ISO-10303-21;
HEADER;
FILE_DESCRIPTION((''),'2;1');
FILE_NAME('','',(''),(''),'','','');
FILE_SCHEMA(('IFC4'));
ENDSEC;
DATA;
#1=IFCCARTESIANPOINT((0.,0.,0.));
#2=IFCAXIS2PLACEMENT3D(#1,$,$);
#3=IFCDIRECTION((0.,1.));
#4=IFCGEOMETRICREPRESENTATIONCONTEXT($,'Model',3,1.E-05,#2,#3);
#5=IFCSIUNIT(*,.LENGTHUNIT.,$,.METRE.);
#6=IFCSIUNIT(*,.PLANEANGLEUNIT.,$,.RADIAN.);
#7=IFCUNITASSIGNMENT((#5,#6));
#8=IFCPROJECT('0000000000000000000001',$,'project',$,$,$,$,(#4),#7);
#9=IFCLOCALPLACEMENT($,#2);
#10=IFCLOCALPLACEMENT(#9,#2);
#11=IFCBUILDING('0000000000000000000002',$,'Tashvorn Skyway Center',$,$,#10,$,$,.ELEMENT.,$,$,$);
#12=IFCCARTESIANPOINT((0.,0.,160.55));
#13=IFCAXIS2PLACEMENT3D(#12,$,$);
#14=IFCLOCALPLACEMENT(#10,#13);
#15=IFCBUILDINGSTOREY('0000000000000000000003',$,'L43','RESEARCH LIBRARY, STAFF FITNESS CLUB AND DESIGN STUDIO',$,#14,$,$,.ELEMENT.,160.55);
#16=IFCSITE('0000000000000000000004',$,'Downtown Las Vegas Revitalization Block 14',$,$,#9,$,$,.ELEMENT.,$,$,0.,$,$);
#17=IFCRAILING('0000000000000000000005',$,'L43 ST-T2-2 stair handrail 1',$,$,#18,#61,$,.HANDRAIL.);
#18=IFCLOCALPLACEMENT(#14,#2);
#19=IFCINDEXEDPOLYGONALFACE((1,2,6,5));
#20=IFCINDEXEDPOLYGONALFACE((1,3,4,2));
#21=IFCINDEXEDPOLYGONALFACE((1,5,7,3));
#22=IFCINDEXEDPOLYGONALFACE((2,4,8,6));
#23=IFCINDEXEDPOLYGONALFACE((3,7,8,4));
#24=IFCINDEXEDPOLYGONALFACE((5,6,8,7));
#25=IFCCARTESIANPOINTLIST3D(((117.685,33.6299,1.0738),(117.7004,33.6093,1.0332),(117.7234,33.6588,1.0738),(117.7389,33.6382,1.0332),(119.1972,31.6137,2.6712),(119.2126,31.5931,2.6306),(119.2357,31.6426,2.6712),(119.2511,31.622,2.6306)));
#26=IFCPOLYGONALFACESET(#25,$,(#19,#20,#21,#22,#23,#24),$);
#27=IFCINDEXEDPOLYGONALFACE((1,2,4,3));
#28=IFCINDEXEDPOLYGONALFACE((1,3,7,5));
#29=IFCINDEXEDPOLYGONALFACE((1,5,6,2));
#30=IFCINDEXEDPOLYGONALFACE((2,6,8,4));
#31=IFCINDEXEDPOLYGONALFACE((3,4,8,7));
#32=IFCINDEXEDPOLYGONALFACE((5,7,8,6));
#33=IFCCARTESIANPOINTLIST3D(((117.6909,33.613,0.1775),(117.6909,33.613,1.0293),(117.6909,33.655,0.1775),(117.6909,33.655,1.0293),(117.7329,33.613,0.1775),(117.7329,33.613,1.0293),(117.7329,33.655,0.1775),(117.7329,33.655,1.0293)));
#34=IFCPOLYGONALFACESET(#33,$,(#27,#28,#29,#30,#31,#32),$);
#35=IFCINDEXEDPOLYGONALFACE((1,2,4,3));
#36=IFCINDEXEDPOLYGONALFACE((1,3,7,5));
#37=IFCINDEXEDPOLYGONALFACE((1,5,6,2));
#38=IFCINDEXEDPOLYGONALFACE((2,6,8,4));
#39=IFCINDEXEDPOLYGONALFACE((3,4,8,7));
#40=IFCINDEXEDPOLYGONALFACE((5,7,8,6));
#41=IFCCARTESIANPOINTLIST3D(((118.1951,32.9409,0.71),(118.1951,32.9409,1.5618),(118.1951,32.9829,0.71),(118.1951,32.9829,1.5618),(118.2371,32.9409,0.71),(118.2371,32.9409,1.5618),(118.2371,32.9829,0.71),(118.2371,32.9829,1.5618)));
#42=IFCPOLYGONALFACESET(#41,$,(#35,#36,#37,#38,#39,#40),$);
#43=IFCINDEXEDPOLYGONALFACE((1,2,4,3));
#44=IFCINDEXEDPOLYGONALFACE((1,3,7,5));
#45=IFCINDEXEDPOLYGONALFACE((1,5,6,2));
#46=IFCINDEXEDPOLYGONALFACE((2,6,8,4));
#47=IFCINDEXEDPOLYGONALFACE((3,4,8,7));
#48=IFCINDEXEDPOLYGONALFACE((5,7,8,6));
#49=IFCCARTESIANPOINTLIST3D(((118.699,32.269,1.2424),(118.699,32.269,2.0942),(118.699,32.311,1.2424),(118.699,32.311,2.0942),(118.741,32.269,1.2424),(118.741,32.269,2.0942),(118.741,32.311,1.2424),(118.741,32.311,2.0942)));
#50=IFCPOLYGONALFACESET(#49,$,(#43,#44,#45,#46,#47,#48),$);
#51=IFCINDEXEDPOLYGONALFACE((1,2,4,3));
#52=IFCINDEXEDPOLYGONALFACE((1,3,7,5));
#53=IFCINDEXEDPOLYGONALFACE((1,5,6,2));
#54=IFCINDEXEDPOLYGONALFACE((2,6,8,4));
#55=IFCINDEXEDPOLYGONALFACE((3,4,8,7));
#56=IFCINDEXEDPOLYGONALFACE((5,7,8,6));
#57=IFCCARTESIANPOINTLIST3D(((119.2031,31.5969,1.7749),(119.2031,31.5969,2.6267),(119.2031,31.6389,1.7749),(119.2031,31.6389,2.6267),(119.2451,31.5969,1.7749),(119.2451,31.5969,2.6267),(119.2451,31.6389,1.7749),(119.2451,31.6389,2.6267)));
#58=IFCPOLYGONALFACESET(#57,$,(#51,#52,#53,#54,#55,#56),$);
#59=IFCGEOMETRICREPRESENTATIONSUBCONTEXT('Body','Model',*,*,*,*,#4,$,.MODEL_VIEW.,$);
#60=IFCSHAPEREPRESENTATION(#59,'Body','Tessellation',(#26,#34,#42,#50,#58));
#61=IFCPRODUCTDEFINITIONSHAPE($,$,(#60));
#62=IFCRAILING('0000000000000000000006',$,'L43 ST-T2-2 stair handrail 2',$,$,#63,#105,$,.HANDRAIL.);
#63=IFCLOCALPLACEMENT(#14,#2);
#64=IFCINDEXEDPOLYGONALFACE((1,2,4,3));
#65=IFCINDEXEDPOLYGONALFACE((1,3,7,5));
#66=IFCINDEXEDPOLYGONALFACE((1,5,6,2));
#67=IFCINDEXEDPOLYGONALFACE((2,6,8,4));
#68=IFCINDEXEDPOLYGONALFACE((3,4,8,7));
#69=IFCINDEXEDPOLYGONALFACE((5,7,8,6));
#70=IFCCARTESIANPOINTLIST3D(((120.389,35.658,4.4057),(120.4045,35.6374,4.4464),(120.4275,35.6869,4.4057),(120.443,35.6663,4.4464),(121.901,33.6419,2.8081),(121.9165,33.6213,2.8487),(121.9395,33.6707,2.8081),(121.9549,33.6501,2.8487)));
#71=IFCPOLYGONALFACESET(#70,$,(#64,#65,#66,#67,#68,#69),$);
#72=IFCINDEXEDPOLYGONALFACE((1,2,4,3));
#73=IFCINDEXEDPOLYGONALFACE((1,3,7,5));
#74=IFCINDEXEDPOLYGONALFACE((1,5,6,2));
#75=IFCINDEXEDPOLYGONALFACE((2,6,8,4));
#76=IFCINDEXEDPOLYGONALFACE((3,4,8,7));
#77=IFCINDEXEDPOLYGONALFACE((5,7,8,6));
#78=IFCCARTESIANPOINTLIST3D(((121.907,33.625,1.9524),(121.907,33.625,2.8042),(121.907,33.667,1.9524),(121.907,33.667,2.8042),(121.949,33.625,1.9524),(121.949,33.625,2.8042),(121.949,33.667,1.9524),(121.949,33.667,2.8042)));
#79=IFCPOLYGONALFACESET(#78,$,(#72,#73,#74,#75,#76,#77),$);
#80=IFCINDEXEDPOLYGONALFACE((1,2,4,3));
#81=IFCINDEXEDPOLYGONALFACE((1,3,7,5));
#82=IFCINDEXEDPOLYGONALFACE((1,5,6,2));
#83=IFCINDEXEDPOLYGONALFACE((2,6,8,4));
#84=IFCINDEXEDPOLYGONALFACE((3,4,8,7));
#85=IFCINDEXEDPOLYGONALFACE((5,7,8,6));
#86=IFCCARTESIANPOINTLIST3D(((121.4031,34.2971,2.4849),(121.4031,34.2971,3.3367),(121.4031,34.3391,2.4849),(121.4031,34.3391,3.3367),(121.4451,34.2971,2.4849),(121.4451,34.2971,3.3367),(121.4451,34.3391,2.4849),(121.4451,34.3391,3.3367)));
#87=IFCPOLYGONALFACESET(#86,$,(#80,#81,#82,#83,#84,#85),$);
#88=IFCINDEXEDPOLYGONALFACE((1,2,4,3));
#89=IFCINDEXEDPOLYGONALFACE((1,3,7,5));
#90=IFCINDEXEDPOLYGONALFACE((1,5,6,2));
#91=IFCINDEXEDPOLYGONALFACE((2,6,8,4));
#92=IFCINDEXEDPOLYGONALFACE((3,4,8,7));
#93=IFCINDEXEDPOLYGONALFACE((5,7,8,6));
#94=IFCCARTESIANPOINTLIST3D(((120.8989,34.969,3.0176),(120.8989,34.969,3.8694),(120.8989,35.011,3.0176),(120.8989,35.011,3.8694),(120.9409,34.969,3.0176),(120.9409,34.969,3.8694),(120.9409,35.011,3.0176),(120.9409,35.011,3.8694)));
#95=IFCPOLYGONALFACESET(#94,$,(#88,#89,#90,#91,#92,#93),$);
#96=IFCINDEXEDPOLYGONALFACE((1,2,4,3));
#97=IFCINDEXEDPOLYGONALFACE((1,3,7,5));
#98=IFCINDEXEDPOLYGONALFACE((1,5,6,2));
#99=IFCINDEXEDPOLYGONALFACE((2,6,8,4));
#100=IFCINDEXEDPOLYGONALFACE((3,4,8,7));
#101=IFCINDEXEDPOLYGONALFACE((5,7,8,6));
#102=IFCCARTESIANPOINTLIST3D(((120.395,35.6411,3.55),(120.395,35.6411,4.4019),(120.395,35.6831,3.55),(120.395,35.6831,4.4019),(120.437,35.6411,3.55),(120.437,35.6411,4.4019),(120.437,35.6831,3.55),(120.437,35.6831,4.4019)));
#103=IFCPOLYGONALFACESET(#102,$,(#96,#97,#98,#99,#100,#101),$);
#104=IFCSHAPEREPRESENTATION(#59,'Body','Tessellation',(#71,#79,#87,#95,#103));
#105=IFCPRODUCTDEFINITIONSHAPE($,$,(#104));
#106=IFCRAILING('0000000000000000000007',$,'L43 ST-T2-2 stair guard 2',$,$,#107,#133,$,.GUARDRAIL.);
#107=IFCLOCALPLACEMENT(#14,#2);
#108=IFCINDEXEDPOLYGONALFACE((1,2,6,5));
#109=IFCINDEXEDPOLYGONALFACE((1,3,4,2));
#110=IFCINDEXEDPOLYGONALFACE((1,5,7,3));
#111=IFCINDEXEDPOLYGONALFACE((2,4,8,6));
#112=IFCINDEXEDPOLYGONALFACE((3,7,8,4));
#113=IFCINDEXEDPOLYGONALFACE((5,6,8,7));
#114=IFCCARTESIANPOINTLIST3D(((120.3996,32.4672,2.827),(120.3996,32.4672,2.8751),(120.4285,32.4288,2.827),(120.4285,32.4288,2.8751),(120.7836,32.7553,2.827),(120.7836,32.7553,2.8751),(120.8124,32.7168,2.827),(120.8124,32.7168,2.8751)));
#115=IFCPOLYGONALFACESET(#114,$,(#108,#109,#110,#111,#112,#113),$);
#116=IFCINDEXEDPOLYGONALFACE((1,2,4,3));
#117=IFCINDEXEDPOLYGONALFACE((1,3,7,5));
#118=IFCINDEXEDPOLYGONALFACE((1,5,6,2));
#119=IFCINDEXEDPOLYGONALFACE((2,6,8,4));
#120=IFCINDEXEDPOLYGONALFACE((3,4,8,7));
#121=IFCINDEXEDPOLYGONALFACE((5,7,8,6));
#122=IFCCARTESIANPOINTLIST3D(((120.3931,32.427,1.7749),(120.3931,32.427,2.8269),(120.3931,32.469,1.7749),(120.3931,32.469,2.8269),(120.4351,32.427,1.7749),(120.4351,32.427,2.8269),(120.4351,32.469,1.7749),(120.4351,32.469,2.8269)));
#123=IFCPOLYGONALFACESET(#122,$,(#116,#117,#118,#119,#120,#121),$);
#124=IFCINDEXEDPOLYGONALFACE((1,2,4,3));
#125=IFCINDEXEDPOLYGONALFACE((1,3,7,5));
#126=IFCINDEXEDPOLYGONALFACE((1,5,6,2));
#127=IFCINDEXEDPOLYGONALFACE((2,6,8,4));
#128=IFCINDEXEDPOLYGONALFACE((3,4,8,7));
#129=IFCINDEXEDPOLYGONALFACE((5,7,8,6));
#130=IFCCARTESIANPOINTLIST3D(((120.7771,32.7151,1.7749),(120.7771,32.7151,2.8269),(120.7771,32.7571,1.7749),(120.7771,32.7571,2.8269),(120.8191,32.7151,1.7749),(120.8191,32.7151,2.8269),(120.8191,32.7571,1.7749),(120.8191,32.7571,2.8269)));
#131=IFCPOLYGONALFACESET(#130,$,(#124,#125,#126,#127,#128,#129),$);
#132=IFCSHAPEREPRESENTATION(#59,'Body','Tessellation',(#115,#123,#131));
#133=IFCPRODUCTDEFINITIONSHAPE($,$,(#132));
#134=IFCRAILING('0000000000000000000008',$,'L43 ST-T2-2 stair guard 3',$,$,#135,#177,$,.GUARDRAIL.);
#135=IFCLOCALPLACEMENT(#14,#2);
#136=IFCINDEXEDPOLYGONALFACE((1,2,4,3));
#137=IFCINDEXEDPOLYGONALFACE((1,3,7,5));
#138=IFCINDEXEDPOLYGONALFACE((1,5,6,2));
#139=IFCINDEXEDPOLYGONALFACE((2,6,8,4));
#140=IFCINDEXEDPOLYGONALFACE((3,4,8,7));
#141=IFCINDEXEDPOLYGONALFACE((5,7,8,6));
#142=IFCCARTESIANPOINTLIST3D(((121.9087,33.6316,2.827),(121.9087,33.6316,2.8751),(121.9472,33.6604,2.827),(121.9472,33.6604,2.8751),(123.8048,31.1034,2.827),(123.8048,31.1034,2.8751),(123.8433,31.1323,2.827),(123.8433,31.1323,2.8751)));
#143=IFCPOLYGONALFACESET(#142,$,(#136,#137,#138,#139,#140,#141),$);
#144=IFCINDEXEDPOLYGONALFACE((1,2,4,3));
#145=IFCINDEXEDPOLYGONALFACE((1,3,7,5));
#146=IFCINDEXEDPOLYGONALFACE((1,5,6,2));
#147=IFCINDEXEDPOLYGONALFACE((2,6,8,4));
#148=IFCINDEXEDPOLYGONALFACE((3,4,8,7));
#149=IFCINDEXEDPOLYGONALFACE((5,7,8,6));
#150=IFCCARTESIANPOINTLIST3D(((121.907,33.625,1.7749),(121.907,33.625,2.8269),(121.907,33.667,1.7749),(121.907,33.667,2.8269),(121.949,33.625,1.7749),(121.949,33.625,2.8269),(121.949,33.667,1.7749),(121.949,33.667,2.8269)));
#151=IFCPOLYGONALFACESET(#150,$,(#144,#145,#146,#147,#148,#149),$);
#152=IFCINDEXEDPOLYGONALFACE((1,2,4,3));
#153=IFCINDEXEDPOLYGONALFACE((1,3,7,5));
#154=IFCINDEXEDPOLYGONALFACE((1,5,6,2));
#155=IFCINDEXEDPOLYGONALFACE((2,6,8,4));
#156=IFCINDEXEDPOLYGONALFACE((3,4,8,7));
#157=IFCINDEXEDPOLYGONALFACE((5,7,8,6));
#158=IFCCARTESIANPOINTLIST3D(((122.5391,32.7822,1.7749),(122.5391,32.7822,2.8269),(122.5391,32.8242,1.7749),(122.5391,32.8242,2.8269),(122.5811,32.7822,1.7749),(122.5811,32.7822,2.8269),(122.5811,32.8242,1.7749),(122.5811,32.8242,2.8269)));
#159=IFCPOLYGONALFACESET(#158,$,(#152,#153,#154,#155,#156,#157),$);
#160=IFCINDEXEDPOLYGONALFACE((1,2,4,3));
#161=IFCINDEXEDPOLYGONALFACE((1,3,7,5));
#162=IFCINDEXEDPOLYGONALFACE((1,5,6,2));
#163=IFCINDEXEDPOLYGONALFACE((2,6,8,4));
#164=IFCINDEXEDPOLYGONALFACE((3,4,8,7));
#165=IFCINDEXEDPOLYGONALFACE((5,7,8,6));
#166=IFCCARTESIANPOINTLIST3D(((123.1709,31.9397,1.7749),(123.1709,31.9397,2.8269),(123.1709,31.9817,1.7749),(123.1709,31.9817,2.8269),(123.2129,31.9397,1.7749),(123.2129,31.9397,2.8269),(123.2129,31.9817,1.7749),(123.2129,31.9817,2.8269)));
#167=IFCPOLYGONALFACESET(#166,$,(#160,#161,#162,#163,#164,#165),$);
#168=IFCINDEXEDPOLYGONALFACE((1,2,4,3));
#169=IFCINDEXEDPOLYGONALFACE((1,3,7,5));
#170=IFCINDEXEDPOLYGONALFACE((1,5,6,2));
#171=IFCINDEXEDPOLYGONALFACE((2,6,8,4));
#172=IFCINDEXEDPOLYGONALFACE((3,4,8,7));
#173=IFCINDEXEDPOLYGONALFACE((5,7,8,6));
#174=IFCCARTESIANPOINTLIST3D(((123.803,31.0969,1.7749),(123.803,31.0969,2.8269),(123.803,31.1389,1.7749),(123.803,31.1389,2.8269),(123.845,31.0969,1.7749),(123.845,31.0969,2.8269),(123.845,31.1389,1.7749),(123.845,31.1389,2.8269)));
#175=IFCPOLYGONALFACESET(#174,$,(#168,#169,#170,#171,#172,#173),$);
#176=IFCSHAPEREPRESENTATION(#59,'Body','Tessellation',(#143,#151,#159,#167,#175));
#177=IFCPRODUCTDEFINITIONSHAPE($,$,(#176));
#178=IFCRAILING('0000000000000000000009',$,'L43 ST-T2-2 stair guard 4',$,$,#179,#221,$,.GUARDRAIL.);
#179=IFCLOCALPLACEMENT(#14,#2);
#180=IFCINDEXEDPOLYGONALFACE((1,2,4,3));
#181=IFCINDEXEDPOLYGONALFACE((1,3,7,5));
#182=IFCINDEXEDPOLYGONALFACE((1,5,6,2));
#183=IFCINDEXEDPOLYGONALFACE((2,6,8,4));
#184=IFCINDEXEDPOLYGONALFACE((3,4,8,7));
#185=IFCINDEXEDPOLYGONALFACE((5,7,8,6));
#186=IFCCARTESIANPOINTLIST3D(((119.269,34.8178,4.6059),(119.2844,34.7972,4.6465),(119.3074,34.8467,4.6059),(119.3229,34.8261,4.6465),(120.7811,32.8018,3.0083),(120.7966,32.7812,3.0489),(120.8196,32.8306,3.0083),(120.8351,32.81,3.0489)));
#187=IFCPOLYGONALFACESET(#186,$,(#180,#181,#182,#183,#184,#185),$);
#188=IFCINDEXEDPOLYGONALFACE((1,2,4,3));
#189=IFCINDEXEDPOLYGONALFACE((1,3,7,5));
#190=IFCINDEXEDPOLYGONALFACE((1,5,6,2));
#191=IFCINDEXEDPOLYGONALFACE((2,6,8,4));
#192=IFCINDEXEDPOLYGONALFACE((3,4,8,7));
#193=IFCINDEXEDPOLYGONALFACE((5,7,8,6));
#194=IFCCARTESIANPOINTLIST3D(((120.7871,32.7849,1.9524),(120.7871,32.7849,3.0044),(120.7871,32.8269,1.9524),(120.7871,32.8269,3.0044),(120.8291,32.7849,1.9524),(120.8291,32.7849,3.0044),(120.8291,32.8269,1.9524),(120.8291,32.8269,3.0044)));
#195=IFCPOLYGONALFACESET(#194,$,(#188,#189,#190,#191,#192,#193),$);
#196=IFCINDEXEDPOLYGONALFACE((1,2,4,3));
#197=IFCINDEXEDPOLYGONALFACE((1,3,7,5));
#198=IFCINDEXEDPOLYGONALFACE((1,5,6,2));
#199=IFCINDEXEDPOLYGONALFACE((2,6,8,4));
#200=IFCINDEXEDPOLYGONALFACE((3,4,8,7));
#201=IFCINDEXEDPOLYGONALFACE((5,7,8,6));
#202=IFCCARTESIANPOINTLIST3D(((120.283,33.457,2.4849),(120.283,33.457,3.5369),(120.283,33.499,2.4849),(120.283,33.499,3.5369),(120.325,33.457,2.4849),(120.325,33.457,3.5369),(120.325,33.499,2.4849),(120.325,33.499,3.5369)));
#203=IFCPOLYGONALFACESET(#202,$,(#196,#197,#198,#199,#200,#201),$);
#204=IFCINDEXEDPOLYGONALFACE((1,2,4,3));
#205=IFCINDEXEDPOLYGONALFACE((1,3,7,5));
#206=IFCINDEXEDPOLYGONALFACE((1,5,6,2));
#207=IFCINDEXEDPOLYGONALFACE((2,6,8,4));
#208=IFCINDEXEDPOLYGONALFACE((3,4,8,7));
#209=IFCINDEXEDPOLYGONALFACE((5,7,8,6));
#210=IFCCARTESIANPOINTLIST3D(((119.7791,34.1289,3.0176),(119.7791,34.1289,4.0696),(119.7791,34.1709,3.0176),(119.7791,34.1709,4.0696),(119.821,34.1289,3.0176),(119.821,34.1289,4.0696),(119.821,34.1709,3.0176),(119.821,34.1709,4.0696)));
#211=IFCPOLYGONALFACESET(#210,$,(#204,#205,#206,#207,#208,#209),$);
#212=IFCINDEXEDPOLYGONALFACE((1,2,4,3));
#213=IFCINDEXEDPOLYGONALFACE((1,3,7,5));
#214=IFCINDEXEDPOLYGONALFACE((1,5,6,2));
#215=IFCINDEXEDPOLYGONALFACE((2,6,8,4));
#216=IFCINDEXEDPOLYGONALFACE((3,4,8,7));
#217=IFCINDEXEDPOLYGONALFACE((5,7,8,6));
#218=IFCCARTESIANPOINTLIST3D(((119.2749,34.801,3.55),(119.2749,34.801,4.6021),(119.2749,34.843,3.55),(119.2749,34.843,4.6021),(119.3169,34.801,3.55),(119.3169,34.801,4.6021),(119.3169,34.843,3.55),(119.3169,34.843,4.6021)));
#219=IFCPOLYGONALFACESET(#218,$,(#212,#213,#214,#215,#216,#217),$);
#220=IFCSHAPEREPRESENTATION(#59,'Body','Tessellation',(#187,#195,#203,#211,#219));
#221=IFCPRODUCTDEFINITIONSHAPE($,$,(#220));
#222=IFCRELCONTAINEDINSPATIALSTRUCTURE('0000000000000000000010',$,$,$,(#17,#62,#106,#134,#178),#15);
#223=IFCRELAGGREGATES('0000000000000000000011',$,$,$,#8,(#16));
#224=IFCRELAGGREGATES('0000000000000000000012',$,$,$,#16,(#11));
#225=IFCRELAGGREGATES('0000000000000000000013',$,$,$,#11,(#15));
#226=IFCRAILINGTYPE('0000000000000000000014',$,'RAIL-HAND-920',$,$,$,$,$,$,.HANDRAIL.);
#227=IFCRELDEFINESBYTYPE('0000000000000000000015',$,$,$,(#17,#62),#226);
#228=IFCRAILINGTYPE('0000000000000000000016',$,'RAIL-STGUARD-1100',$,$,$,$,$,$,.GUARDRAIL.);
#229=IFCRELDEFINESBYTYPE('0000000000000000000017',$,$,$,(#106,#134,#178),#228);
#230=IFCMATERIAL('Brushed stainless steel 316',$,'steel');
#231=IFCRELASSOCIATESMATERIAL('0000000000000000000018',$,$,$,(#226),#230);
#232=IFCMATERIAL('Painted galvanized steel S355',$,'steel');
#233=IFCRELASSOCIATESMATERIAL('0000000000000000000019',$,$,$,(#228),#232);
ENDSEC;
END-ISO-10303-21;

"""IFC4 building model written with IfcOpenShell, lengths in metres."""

from ifc_helpers import new_model, si_unit, direction, frame, origin, origin_2d, place, context, subcontext, project, spatial, rectangle, extrude, material, type_object, element, save


model = new_model("IFC4")

# Units and contexts
model_context = context("Model", 3, precision=1e-05, world=origin(), true_north=direction((0.0, 1.0)))
body_context = subcontext(model_context, "Body", "Model", "MODEL_VIEW")
ifc_project = project(units=[si_unit("LENGTHUNIT", "METRE"), si_unit("PLANEANGLEUNIT", "RADIAN")], contexts=[model_context])

# Site, building, storey
site_placement = place(None, origin())
site = spatial("IfcSite", under=ifc_project, at=site_placement, Name="Downtown Las Vegas Revitalization Block 14", CompositionType="ELEMENT", RefElevation=0.0)
building_placement = place(site_placement, origin())
building = spatial("IfcBuilding", under=site, at=building_placement, Name="Tashvorn Skyway Center", CompositionType="ELEMENT")
storey_placement = place(building_placement, frame((0.0, 0.0, 160.55)))
storey = spatial("IfcBuildingStorey", under=building, at=storey_placement, Name="L43", Description="RESEARCH LIBRARY, STAFF FITNESS CLUB AND DESIGN STUDIO", CompositionType="ELEMENT", Elevation=160.55)

# Railings
ifc_material_1 = material(Name="Brushed stainless steel 316", Category="steel")
railing_type_1 = type_object("IfcRailingType", Name="RAIL-HAND-920", PredefinedType="HANDRAIL", material=ifc_material_1)
railing_1_placement = place(storey_placement, frame((117.7119, 33.634, 0.1775)))
element("IfcRailing", 1, at=railing_1_placement, inside=storey, type_object=railing_type_1, Name="L43 ST-T2-2 stair handrail 1", PredefinedType="HANDRAIL", context=body_context, shape_type="SweptSolid", body=[
    extrude(rectangle(XDim=0.0481, YDim=0.0481, at=origin_2d()), frame((0.0, 0.0, 0.876), z_axis=(0.506802, -0.675681, 0.535357), x_axis=(0.799977, 0.600031, 0.0)), (0.0, 0.0, 1.0), 2.9839),
    extrude(rectangle(XDim=0.042, YDim=0.042, at=origin_2d()), origin(), (0.0, 0.0, 1.0), 0.8518),
    extrude(rectangle(XDim=0.042, YDim=0.042, at=origin_2d()), frame((0.5042, -0.6721, 0.5325)), (0.0, 0.0, 1.0), 0.8518),
    extrude(rectangle(XDim=0.042, YDim=0.042, at=origin_2d()), frame((1.0081, -1.344, 1.0649)), (0.0, 0.0, 1.0), 0.8518),
    extrude(rectangle(XDim=0.042, YDim=0.042, at=origin_2d()), frame((1.5122, -2.0161, 1.5974)), (0.0, 0.0, 1.0), 0.8518),
])
railing_2_placement = place(storey_placement, frame((121.928, 33.646, 1.9524)))
element("IfcRailing", 2, at=railing_2_placement, inside=storey, type_object=railing_type_1, Name="L43 ST-T2-2 stair handrail 2", PredefinedType="HANDRAIL", context=body_context, shape_type="SweptSolid", body=[
    extrude(rectangle(XDim=0.0481, YDim=0.0481, at=origin_2d()), frame((0.0, 0.0, 0.876), z_axis=(-0.506719, 0.675679, 0.535438), x_axis=(-0.800023, -0.599969, 0.0)), (0.0, 0.0, 1.0), 2.9839),
    extrude(rectangle(XDim=0.042, YDim=0.042, at=origin_2d()), origin(), (0.0, 0.0, 1.0), 0.8518),
    extrude(rectangle(XDim=0.042, YDim=0.042, at=origin_2d()), frame((-0.5039, 0.6721, 0.5325)), (0.0, 0.0, 1.0), 0.8518),
    extrude(rectangle(XDim=0.042, YDim=0.042, at=origin_2d()), frame((-1.0081, 1.344, 1.0652)), (0.0, 0.0, 1.0), 0.8518),
    extrude(rectangle(XDim=0.042, YDim=0.042, at=origin_2d()), frame((-1.512, 2.0161, 1.5977)), (0.0, 0.0, 1.0), 0.8518),
])
ifc_material_2 = material(Name="Painted galvanized steel S355", Category="steel")
railing_type_2 = type_object("IfcRailingType", Name="RAIL-STGUARD-1100", PredefinedType="GUARDRAIL", material=ifc_material_2)
railing_3_placement = place(storey_placement, frame((120.4141, 32.448, 1.7749)))
element("IfcRailing", 3, at=railing_3_placement, inside=storey, type_object=railing_type_2, Name="L43 ST-T2-2 stair guard 2", PredefinedType="GUARDRAIL", context=body_context, shape_type="SweptSolid", body=[
    extrude(rectangle(XDim=0.0481, YDim=0.0481, at=origin_2d()), frame((0.0, 0.0, 1.0762), z_axis=(0.799939, 0.600081, 0.0), x_axis=(-0.600081, 0.799939, 0.0)), (0.0, 0.0, 1.0), 0.48),
    extrude(rectangle(XDim=0.042, YDim=0.042, at=origin_2d()), origin(), (0.0, 0.0, 1.0), 1.052),
    extrude(rectangle(XDim=0.042, YDim=0.042, at=origin_2d()), frame((0.384, 0.2881, 0.0)), (0.0, 0.0, 1.0), 1.052),
])
railing_4_placement = place(storey_placement, frame((121.928, 33.646, 1.7749)))
element("IfcRailing", 4, at=railing_4_placement, inside=storey, type_object=railing_type_2, Name="L43 ST-T2-2 stair guard 3", PredefinedType="GUARDRAIL", context=body_context, shape_type="SweptSolid", body=[
    extrude(rectangle(XDim=0.0481, YDim=0.0481, at=origin_2d()), frame((0.0, 0.0, 1.0762), z_axis=(0.599988, -0.800009, 0.0), x_axis=(0.800009, 0.599988, 0.0)), (0.0, 0.0, 1.0), 3.1602),
    extrude(rectangle(XDim=0.042, YDim=0.042, at=origin_2d()), origin(), (0.0, 0.0, 1.0), 1.052),
    extrude(rectangle(XDim=0.042, YDim=0.042, at=origin_2d()), frame((0.6321, -0.8428, 0.0)), (0.0, 0.0, 1.0), 1.052),
    extrude(rectangle(XDim=0.042, YDim=0.042, at=origin_2d()), frame((1.2639, -1.6853, 0.0)), (0.0, 0.0, 1.0), 1.052),
    extrude(rectangle(XDim=0.042, YDim=0.042, at=origin_2d()), frame((1.896, -2.5281, 0.0)), (0.0, 0.0, 1.0), 1.052),
])
railing_5_placement = place(storey_placement, frame((120.8081, 32.8059, 1.9524)))
element("IfcRailing", 5, at=railing_5_placement, inside=storey, type_object=railing_type_2, Name="L43 ST-T2-2 stair guard 4", PredefinedType="GUARDRAIL", context=body_context, shape_type="SweptSolid", body=[
    extrude(rectangle(XDim=0.0481, YDim=0.0481, at=origin_2d()), frame((0.0, 0.0, 1.0762), z_axis=(-0.506779, 0.675651, 0.535416), x_axis=(-0.799977, -0.600031, 0.0)), (0.0, 0.0, 1.0), 2.9839),
    extrude(rectangle(XDim=0.042, YDim=0.042, at=origin_2d()), origin(), (0.0, 0.0, 1.0), 1.052),
    extrude(rectangle(XDim=0.042, YDim=0.042, at=origin_2d()), frame((-0.5042, 0.6721, 0.5325)), (0.0, 0.0, 1.0), 1.052),
    extrude(rectangle(XDim=0.042, YDim=0.042, at=origin_2d()), frame((-1.0081, 1.344, 1.0652)), (0.0, 0.0, 1.0), 1.052),
    extrude(rectangle(XDim=0.042, YDim=0.042, at=origin_2d()), frame((-1.5122, 2.0161, 1.5977)), (0.0, 0.0, 1.0), 1.052),
])

save(model, "model.ifc")
